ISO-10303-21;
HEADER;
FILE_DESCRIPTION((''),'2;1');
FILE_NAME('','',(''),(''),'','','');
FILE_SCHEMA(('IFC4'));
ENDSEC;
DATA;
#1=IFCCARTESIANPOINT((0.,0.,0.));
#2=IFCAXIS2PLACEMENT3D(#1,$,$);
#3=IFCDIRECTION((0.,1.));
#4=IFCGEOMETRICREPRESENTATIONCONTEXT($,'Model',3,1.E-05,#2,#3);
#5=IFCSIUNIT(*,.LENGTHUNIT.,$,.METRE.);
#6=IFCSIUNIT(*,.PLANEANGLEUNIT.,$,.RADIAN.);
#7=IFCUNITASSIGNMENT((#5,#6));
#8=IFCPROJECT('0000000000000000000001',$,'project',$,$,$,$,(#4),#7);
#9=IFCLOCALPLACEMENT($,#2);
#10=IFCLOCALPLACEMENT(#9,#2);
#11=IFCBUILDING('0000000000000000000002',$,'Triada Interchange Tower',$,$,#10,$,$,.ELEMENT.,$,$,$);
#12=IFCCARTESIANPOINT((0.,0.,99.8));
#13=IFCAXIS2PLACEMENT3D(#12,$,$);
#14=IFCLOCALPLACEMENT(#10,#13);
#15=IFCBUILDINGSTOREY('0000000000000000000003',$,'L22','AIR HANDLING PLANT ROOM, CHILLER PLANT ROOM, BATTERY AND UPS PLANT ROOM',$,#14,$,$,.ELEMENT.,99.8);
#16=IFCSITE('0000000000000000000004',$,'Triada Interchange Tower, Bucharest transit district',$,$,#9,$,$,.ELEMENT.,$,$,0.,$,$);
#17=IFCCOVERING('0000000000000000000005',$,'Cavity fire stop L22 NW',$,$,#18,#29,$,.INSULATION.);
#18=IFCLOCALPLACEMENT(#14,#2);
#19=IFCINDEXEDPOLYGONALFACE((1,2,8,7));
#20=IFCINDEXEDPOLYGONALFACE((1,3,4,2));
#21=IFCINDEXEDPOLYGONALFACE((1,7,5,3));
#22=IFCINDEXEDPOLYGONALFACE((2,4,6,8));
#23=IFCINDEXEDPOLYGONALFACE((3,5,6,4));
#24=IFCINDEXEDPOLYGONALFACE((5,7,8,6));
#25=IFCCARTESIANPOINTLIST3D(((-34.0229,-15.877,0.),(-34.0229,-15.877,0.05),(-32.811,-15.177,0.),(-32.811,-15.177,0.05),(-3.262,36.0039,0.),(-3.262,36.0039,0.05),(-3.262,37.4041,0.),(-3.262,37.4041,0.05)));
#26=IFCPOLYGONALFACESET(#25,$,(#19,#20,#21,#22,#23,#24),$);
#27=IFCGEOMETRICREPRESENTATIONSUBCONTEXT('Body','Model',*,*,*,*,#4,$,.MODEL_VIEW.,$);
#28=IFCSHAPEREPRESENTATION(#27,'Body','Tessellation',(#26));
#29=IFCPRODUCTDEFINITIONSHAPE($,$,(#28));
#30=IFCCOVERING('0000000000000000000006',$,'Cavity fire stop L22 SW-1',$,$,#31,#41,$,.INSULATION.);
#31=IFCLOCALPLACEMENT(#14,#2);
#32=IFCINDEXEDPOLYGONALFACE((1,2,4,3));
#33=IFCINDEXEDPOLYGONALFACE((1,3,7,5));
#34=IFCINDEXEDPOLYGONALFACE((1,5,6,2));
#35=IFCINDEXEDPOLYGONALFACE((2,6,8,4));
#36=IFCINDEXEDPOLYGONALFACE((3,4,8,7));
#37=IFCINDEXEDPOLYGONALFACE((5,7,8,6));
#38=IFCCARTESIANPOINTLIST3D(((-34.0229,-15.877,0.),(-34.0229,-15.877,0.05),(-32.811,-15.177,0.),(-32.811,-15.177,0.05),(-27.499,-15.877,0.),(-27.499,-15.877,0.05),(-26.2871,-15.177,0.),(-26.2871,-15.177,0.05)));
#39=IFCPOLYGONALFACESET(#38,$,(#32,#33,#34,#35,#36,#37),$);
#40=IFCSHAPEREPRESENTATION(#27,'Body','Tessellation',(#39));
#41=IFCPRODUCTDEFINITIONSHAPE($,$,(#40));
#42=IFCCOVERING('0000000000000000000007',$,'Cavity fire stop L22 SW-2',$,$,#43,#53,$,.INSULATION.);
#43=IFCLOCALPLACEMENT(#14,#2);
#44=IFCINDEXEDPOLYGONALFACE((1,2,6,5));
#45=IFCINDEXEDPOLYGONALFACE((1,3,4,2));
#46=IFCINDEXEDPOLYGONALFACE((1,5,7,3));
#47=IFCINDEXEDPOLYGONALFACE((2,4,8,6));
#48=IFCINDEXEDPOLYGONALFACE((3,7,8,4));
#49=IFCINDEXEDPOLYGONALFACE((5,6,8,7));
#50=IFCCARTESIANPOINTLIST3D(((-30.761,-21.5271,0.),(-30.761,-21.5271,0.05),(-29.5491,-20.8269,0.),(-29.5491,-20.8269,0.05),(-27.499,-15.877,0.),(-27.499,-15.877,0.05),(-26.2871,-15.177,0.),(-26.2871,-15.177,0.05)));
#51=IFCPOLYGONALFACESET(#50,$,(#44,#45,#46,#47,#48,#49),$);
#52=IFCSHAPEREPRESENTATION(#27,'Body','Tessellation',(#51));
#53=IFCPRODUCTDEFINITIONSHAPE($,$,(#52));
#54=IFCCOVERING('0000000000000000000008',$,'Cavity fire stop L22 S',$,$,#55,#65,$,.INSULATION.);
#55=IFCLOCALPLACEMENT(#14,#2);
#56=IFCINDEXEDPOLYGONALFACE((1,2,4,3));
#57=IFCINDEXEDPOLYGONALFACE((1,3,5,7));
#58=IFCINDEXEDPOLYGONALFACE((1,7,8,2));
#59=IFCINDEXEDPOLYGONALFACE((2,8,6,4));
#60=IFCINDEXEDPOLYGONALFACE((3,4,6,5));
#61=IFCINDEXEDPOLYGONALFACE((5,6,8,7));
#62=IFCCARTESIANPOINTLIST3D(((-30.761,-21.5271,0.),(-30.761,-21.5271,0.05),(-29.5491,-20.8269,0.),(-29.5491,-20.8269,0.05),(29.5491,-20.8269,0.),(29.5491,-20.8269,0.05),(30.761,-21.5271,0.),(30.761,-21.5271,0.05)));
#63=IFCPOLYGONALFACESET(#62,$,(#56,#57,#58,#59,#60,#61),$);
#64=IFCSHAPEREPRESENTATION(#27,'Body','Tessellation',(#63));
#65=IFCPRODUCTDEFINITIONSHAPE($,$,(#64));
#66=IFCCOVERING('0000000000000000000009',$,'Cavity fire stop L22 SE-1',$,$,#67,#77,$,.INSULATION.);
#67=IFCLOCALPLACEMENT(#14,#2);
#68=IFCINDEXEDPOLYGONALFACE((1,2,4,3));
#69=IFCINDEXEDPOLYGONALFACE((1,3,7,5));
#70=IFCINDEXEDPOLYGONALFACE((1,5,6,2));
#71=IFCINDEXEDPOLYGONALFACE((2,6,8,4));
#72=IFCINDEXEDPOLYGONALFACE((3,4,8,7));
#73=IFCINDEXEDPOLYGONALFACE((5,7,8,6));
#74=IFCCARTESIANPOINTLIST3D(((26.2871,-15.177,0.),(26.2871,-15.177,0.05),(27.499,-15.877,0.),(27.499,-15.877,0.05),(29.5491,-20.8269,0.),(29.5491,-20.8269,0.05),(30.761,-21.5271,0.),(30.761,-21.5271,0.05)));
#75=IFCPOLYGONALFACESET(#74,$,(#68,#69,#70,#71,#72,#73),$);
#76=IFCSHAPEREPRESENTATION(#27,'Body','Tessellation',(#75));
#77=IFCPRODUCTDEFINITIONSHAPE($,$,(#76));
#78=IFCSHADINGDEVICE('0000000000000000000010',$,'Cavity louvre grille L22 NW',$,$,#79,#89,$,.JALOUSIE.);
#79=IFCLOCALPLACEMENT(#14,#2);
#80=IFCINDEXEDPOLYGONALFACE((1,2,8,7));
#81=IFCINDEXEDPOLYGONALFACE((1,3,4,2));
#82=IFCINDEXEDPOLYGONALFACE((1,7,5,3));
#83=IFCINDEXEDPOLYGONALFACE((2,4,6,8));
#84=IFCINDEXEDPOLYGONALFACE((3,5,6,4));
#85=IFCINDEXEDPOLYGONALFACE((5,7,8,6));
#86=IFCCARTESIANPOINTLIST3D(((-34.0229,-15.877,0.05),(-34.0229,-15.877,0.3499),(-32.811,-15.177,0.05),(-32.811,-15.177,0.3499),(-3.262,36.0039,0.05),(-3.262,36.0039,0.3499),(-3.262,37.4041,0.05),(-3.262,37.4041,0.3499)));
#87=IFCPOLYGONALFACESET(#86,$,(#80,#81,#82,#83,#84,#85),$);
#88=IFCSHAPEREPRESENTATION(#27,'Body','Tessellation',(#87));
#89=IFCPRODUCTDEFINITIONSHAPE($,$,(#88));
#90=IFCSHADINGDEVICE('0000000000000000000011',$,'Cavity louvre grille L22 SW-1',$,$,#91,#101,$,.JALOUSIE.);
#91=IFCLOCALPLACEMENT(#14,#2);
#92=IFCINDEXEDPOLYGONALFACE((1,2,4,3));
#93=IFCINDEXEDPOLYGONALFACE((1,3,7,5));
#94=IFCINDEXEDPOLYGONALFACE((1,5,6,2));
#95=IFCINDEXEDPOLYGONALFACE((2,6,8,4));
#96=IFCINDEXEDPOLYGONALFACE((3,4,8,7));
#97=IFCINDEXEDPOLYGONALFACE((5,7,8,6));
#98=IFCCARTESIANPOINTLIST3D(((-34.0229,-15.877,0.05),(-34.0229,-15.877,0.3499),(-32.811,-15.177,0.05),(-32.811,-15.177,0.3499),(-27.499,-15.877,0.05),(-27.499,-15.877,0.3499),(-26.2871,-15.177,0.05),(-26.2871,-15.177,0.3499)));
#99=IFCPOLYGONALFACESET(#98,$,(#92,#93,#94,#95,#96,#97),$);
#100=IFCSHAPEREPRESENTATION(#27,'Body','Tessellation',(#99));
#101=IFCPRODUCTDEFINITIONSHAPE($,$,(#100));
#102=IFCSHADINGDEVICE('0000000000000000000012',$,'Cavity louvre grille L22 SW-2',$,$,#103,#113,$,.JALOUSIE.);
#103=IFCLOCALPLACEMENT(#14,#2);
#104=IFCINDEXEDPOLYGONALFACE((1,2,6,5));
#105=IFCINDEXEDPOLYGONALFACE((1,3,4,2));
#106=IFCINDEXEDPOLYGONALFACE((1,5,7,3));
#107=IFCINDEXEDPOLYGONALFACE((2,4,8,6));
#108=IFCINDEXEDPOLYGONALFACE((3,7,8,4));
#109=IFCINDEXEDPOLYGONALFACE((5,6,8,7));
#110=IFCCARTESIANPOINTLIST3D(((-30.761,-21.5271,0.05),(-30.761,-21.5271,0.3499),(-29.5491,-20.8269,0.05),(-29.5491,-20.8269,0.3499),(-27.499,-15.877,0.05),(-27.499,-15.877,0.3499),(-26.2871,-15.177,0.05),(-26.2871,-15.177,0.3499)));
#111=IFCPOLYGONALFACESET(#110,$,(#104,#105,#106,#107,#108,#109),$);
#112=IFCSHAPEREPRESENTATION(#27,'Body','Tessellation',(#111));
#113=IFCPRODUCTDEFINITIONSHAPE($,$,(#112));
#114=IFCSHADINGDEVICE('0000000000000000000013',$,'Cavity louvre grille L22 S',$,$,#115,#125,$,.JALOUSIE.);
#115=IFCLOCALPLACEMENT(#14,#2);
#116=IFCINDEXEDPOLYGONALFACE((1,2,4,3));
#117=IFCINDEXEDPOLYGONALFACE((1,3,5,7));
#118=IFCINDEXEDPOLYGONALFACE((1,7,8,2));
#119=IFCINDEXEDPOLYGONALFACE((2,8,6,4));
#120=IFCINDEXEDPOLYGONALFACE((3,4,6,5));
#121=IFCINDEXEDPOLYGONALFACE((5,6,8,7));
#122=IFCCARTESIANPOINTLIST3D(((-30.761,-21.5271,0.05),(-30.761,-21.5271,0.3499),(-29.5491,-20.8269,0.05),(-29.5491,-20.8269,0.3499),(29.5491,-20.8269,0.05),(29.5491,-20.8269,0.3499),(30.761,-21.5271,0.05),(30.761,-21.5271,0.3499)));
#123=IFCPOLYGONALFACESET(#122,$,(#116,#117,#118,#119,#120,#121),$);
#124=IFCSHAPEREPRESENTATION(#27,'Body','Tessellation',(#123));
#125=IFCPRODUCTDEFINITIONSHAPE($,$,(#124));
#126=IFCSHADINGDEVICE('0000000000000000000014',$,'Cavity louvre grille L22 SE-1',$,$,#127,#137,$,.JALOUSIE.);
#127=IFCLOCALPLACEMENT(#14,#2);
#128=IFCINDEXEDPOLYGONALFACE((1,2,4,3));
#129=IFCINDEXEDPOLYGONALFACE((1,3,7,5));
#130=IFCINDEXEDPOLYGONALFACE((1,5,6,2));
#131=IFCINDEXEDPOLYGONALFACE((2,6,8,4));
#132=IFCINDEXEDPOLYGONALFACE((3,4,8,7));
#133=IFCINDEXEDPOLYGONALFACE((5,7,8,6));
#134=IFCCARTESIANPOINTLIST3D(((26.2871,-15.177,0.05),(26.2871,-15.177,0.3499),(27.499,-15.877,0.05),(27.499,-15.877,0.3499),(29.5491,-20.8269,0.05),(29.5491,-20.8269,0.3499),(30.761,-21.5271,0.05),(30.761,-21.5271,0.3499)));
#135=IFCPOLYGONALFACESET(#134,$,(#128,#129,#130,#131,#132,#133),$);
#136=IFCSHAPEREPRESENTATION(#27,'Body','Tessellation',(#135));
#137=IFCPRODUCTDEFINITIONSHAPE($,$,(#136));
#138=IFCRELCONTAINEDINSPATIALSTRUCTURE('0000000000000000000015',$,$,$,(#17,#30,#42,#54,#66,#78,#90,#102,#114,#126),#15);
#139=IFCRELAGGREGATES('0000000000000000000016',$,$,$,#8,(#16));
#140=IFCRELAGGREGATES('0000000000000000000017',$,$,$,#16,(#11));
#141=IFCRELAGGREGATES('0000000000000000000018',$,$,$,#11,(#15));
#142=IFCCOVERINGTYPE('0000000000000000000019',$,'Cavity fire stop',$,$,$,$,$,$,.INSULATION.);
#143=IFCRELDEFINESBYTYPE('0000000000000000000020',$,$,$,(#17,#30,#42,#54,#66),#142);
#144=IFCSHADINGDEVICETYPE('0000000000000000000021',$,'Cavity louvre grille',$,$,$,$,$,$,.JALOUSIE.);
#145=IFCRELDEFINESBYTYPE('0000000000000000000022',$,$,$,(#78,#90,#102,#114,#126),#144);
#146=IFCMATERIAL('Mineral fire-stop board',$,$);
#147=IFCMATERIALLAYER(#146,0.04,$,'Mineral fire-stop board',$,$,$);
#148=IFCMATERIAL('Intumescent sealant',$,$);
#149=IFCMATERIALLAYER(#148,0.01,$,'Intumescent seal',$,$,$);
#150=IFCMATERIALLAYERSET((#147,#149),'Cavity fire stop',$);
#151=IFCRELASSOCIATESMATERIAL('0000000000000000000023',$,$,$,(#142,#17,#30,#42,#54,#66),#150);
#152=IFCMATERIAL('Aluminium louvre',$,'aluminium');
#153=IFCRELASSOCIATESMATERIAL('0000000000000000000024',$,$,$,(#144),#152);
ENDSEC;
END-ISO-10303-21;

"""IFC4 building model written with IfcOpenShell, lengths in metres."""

from ifc_helpers import new_model, si_unit, direction, frame, origin, place, context, subcontext, project, spatial, polyline, outline, extrude, material, layer, layer_set, layer_usage, type_object, element, save


model = new_model("IFC4")

# Units and contexts
model_context = context("Model", 3, precision=1e-05, world=origin(), true_north=direction((0.0, 1.0)))
body_context = subcontext(model_context, "Body", "Model", "MODEL_VIEW")
ifc_project = project(units=[si_unit("LENGTHUNIT", "METRE"), si_unit("PLANEANGLEUNIT", "RADIAN")], contexts=[model_context])

# Site, building, storey
site_placement = place(None, origin())
site = spatial("IfcSite", under=ifc_project, at=site_placement, Name="Triada Interchange Tower, Bucharest transit district", CompositionType="ELEMENT", RefElevation=0.0)
building_placement = place(site_placement, origin())
building = spatial("IfcBuilding", under=site, at=building_placement, Name="Triada Interchange Tower", CompositionType="ELEMENT")
storey_placement = place(building_placement, frame((0.0, 0.0, 99.8)))
storey = spatial("IfcBuildingStorey", under=building, at=storey_placement, Name="L22", Description="AIR HANDLING PLANT ROOM, CHILLER PLANT ROOM, BATTERY AND UPS PLANT ROOM", CompositionType="ELEMENT", Elevation=99.8)

# Coverings
ifc_material_1 = material(Name="Mineral fire-stop board")
ifc_layer_1 = layer(ifc_material_1, 0.04, Name="Mineral fire-stop board")
ifc_material_2 = material(Name="Intumescent sealant")
ifc_layer_2 = layer(ifc_material_2, 0.01, Name="Intumescent seal")
ifc_layer_set_1 = layer_set([ifc_layer_1, ifc_layer_2], Name="Cavity fire stop")
ifc_layer_usage = layer_usage(ifc_layer_set_1, "AXIS3", "POSITIVE", 0.0)
covering_type = type_object("IfcCoveringType", Name="Cavity fire stop", PredefinedType="INSULATION", material=ifc_layer_set_1)
covering_1_placement = place(storey_placement, origin())
element("IfcCovering", 1, at=covering_1_placement, inside=storey, type_object=covering_type, material=ifc_layer_usage, Name="Cavity fire stop L22 NW", PredefinedType="INSULATION", context=body_context, shape_type="SweptSolid", body=[
    extrude(outline(polyline([(-3.262, 36.0039), (-3.262, 37.4041), (-34.0229, -15.877), (-32.811, -15.177), (-3.262, 36.0039)])), origin(), (0.0, 0.0, 1.0), 0.05),
])
covering_2_placement = place(storey_placement, origin())
element("IfcCovering", 2, at=covering_2_placement, inside=storey, type_object=covering_type, material=ifc_layer_usage, Name="Cavity fire stop L22 SW-1", PredefinedType="INSULATION", context=body_context, shape_type="SweptSolid", body=[
    extrude(outline(polyline([(-32.811, -15.177), (-34.0229, -15.877), (-27.499, -15.877), (-26.2871, -15.177), (-32.811, -15.177)])), origin(), (0.0, 0.0, 1.0), 0.05),
])
covering_3_placement = place(storey_placement, origin())
element("IfcCovering", 3, at=covering_3_placement, inside=storey, type_object=covering_type, material=ifc_layer_usage, Name="Cavity fire stop L22 SW-2", PredefinedType="INSULATION", context=body_context, shape_type="SweptSolid", body=[
    extrude(outline(polyline([(-26.2871, -15.177), (-27.499, -15.877), (-30.761, -21.5271), (-29.5491, -20.8269), (-26.2871, -15.177)])), origin(), (0.0, 0.0, 1.0), 0.05),
])
covering_4_placement = place(storey_placement, origin())
element("IfcCovering", 4, at=covering_4_placement, inside=storey, type_object=covering_type, material=ifc_layer_usage, Name="Cavity fire stop L22 S", PredefinedType="INSULATION", context=body_context, shape_type="SweptSolid", body=[
    extrude(outline(polyline([(-29.5491, -20.8269), (-30.761, -21.5271), (30.761, -21.5271), (29.5491, -20.8269), (-29.5491, -20.8269)])), origin(), (0.0, 0.0, 1.0), 0.05),
])
covering_5_placement = place(storey_placement, origin())
element("IfcCovering", 5, at=covering_5_placement, inside=storey, type_object=covering_type, material=ifc_layer_usage, Name="Cavity fire stop L22 SE-1", PredefinedType="INSULATION", context=body_context, shape_type="SweptSolid", body=[
    extrude(outline(polyline([(29.5491, -20.8269), (30.761, -21.5271), (27.499, -15.877), (26.2871, -15.177), (29.5491, -20.8269)])), origin(), (0.0, 0.0, 1.0), 0.05),
])

# Shading devices
ifc_material_3 = material(Name="Aluminium louvre", Category="aluminium")
shading_device_type = type_object("IfcShadingDeviceType", Name="Cavity louvre grille", PredefinedType="JALOUSIE", material=ifc_material_3)
shading_device_1_placement = place(storey_placement, frame((0.0, 0.0, 0.05)))
element("IfcShadingDevice", 6, at=shading_device_1_placement, inside=storey, type_object=shading_device_type, Name="Cavity louvre grille L22 NW", PredefinedType="JALOUSIE", context=body_context, shape_type="SweptSolid", body=[
    extrude(outline(polyline([(-3.262, 36.0039), (-3.262, 37.4041), (-34.0229, -15.877), (-32.811, -15.177), (-3.262, 36.0039)])), origin(), (0.0, 0.0, 1.0), 0.2998),
])
shading_device_2_placement = place(storey_placement, frame((0.0, 0.0, 0.05)))
element("IfcShadingDevice", 7, at=shading_device_2_placement, inside=storey, type_object=shading_device_type, Name="Cavity louvre grille L22 SW-1", PredefinedType="JALOUSIE", context=body_context, shape_type="SweptSolid", body=[
    extrude(outline(polyline([(-32.811, -15.177), (-34.0229, -15.877), (-27.499, -15.877), (-26.2871, -15.177), (-32.811, -15.177)])), origin(), (0.0, 0.0, 1.0), 0.2998),
])
shading_device_3_placement = place(storey_placement, frame((0.0, 0.0, 0.05)))
element("IfcShadingDevice", 8, at=shading_device_3_placement, inside=storey, type_object=shading_device_type, Name="Cavity louvre grille L22 SW-2", PredefinedType="JALOUSIE", context=body_context, shape_type="SweptSolid", body=[
    extrude(outline(polyline([(-26.2871, -15.177), (-27.499, -15.877), (-30.761, -21.5271), (-29.5491, -20.8269), (-26.2871, -15.177)])), origin(), (0.0, 0.0, 1.0), 0.2998),
])
shading_device_4_placement = place(storey_placement, frame((0.0, 0.0, 0.05)))
element("IfcShadingDevice", 9, at=shading_device_4_placement, inside=storey, type_object=shading_device_type, Name="Cavity louvre grille L22 S", PredefinedType="JALOUSIE", context=body_context, shape_type="SweptSolid", body=[
    extrude(outline(polyline([(-29.5491, -20.8269), (-30.761, -21.5271), (30.761, -21.5271), (29.5491, -20.8269), (-29.5491, -20.8269)])), origin(), (0.0, 0.0, 1.0), 0.2998),
])
shading_device_5_placement = place(storey_placement, frame((0.0, 0.0, 0.05)))
element("IfcShadingDevice", 10, at=shading_device_5_placement, inside=storey, type_object=shading_device_type, Name="Cavity louvre grille L22 SE-1", PredefinedType="JALOUSIE", context=body_context, shape_type="SweptSolid", body=[
    extrude(outline(polyline([(29.5491, -20.8269), (30.761, -21.5271), (27.499, -15.877), (26.2871, -15.177), (29.5491, -20.8269)])), origin(), (0.0, 0.0, 1.0), 0.2998),
])

save(model, "model.ifc")
